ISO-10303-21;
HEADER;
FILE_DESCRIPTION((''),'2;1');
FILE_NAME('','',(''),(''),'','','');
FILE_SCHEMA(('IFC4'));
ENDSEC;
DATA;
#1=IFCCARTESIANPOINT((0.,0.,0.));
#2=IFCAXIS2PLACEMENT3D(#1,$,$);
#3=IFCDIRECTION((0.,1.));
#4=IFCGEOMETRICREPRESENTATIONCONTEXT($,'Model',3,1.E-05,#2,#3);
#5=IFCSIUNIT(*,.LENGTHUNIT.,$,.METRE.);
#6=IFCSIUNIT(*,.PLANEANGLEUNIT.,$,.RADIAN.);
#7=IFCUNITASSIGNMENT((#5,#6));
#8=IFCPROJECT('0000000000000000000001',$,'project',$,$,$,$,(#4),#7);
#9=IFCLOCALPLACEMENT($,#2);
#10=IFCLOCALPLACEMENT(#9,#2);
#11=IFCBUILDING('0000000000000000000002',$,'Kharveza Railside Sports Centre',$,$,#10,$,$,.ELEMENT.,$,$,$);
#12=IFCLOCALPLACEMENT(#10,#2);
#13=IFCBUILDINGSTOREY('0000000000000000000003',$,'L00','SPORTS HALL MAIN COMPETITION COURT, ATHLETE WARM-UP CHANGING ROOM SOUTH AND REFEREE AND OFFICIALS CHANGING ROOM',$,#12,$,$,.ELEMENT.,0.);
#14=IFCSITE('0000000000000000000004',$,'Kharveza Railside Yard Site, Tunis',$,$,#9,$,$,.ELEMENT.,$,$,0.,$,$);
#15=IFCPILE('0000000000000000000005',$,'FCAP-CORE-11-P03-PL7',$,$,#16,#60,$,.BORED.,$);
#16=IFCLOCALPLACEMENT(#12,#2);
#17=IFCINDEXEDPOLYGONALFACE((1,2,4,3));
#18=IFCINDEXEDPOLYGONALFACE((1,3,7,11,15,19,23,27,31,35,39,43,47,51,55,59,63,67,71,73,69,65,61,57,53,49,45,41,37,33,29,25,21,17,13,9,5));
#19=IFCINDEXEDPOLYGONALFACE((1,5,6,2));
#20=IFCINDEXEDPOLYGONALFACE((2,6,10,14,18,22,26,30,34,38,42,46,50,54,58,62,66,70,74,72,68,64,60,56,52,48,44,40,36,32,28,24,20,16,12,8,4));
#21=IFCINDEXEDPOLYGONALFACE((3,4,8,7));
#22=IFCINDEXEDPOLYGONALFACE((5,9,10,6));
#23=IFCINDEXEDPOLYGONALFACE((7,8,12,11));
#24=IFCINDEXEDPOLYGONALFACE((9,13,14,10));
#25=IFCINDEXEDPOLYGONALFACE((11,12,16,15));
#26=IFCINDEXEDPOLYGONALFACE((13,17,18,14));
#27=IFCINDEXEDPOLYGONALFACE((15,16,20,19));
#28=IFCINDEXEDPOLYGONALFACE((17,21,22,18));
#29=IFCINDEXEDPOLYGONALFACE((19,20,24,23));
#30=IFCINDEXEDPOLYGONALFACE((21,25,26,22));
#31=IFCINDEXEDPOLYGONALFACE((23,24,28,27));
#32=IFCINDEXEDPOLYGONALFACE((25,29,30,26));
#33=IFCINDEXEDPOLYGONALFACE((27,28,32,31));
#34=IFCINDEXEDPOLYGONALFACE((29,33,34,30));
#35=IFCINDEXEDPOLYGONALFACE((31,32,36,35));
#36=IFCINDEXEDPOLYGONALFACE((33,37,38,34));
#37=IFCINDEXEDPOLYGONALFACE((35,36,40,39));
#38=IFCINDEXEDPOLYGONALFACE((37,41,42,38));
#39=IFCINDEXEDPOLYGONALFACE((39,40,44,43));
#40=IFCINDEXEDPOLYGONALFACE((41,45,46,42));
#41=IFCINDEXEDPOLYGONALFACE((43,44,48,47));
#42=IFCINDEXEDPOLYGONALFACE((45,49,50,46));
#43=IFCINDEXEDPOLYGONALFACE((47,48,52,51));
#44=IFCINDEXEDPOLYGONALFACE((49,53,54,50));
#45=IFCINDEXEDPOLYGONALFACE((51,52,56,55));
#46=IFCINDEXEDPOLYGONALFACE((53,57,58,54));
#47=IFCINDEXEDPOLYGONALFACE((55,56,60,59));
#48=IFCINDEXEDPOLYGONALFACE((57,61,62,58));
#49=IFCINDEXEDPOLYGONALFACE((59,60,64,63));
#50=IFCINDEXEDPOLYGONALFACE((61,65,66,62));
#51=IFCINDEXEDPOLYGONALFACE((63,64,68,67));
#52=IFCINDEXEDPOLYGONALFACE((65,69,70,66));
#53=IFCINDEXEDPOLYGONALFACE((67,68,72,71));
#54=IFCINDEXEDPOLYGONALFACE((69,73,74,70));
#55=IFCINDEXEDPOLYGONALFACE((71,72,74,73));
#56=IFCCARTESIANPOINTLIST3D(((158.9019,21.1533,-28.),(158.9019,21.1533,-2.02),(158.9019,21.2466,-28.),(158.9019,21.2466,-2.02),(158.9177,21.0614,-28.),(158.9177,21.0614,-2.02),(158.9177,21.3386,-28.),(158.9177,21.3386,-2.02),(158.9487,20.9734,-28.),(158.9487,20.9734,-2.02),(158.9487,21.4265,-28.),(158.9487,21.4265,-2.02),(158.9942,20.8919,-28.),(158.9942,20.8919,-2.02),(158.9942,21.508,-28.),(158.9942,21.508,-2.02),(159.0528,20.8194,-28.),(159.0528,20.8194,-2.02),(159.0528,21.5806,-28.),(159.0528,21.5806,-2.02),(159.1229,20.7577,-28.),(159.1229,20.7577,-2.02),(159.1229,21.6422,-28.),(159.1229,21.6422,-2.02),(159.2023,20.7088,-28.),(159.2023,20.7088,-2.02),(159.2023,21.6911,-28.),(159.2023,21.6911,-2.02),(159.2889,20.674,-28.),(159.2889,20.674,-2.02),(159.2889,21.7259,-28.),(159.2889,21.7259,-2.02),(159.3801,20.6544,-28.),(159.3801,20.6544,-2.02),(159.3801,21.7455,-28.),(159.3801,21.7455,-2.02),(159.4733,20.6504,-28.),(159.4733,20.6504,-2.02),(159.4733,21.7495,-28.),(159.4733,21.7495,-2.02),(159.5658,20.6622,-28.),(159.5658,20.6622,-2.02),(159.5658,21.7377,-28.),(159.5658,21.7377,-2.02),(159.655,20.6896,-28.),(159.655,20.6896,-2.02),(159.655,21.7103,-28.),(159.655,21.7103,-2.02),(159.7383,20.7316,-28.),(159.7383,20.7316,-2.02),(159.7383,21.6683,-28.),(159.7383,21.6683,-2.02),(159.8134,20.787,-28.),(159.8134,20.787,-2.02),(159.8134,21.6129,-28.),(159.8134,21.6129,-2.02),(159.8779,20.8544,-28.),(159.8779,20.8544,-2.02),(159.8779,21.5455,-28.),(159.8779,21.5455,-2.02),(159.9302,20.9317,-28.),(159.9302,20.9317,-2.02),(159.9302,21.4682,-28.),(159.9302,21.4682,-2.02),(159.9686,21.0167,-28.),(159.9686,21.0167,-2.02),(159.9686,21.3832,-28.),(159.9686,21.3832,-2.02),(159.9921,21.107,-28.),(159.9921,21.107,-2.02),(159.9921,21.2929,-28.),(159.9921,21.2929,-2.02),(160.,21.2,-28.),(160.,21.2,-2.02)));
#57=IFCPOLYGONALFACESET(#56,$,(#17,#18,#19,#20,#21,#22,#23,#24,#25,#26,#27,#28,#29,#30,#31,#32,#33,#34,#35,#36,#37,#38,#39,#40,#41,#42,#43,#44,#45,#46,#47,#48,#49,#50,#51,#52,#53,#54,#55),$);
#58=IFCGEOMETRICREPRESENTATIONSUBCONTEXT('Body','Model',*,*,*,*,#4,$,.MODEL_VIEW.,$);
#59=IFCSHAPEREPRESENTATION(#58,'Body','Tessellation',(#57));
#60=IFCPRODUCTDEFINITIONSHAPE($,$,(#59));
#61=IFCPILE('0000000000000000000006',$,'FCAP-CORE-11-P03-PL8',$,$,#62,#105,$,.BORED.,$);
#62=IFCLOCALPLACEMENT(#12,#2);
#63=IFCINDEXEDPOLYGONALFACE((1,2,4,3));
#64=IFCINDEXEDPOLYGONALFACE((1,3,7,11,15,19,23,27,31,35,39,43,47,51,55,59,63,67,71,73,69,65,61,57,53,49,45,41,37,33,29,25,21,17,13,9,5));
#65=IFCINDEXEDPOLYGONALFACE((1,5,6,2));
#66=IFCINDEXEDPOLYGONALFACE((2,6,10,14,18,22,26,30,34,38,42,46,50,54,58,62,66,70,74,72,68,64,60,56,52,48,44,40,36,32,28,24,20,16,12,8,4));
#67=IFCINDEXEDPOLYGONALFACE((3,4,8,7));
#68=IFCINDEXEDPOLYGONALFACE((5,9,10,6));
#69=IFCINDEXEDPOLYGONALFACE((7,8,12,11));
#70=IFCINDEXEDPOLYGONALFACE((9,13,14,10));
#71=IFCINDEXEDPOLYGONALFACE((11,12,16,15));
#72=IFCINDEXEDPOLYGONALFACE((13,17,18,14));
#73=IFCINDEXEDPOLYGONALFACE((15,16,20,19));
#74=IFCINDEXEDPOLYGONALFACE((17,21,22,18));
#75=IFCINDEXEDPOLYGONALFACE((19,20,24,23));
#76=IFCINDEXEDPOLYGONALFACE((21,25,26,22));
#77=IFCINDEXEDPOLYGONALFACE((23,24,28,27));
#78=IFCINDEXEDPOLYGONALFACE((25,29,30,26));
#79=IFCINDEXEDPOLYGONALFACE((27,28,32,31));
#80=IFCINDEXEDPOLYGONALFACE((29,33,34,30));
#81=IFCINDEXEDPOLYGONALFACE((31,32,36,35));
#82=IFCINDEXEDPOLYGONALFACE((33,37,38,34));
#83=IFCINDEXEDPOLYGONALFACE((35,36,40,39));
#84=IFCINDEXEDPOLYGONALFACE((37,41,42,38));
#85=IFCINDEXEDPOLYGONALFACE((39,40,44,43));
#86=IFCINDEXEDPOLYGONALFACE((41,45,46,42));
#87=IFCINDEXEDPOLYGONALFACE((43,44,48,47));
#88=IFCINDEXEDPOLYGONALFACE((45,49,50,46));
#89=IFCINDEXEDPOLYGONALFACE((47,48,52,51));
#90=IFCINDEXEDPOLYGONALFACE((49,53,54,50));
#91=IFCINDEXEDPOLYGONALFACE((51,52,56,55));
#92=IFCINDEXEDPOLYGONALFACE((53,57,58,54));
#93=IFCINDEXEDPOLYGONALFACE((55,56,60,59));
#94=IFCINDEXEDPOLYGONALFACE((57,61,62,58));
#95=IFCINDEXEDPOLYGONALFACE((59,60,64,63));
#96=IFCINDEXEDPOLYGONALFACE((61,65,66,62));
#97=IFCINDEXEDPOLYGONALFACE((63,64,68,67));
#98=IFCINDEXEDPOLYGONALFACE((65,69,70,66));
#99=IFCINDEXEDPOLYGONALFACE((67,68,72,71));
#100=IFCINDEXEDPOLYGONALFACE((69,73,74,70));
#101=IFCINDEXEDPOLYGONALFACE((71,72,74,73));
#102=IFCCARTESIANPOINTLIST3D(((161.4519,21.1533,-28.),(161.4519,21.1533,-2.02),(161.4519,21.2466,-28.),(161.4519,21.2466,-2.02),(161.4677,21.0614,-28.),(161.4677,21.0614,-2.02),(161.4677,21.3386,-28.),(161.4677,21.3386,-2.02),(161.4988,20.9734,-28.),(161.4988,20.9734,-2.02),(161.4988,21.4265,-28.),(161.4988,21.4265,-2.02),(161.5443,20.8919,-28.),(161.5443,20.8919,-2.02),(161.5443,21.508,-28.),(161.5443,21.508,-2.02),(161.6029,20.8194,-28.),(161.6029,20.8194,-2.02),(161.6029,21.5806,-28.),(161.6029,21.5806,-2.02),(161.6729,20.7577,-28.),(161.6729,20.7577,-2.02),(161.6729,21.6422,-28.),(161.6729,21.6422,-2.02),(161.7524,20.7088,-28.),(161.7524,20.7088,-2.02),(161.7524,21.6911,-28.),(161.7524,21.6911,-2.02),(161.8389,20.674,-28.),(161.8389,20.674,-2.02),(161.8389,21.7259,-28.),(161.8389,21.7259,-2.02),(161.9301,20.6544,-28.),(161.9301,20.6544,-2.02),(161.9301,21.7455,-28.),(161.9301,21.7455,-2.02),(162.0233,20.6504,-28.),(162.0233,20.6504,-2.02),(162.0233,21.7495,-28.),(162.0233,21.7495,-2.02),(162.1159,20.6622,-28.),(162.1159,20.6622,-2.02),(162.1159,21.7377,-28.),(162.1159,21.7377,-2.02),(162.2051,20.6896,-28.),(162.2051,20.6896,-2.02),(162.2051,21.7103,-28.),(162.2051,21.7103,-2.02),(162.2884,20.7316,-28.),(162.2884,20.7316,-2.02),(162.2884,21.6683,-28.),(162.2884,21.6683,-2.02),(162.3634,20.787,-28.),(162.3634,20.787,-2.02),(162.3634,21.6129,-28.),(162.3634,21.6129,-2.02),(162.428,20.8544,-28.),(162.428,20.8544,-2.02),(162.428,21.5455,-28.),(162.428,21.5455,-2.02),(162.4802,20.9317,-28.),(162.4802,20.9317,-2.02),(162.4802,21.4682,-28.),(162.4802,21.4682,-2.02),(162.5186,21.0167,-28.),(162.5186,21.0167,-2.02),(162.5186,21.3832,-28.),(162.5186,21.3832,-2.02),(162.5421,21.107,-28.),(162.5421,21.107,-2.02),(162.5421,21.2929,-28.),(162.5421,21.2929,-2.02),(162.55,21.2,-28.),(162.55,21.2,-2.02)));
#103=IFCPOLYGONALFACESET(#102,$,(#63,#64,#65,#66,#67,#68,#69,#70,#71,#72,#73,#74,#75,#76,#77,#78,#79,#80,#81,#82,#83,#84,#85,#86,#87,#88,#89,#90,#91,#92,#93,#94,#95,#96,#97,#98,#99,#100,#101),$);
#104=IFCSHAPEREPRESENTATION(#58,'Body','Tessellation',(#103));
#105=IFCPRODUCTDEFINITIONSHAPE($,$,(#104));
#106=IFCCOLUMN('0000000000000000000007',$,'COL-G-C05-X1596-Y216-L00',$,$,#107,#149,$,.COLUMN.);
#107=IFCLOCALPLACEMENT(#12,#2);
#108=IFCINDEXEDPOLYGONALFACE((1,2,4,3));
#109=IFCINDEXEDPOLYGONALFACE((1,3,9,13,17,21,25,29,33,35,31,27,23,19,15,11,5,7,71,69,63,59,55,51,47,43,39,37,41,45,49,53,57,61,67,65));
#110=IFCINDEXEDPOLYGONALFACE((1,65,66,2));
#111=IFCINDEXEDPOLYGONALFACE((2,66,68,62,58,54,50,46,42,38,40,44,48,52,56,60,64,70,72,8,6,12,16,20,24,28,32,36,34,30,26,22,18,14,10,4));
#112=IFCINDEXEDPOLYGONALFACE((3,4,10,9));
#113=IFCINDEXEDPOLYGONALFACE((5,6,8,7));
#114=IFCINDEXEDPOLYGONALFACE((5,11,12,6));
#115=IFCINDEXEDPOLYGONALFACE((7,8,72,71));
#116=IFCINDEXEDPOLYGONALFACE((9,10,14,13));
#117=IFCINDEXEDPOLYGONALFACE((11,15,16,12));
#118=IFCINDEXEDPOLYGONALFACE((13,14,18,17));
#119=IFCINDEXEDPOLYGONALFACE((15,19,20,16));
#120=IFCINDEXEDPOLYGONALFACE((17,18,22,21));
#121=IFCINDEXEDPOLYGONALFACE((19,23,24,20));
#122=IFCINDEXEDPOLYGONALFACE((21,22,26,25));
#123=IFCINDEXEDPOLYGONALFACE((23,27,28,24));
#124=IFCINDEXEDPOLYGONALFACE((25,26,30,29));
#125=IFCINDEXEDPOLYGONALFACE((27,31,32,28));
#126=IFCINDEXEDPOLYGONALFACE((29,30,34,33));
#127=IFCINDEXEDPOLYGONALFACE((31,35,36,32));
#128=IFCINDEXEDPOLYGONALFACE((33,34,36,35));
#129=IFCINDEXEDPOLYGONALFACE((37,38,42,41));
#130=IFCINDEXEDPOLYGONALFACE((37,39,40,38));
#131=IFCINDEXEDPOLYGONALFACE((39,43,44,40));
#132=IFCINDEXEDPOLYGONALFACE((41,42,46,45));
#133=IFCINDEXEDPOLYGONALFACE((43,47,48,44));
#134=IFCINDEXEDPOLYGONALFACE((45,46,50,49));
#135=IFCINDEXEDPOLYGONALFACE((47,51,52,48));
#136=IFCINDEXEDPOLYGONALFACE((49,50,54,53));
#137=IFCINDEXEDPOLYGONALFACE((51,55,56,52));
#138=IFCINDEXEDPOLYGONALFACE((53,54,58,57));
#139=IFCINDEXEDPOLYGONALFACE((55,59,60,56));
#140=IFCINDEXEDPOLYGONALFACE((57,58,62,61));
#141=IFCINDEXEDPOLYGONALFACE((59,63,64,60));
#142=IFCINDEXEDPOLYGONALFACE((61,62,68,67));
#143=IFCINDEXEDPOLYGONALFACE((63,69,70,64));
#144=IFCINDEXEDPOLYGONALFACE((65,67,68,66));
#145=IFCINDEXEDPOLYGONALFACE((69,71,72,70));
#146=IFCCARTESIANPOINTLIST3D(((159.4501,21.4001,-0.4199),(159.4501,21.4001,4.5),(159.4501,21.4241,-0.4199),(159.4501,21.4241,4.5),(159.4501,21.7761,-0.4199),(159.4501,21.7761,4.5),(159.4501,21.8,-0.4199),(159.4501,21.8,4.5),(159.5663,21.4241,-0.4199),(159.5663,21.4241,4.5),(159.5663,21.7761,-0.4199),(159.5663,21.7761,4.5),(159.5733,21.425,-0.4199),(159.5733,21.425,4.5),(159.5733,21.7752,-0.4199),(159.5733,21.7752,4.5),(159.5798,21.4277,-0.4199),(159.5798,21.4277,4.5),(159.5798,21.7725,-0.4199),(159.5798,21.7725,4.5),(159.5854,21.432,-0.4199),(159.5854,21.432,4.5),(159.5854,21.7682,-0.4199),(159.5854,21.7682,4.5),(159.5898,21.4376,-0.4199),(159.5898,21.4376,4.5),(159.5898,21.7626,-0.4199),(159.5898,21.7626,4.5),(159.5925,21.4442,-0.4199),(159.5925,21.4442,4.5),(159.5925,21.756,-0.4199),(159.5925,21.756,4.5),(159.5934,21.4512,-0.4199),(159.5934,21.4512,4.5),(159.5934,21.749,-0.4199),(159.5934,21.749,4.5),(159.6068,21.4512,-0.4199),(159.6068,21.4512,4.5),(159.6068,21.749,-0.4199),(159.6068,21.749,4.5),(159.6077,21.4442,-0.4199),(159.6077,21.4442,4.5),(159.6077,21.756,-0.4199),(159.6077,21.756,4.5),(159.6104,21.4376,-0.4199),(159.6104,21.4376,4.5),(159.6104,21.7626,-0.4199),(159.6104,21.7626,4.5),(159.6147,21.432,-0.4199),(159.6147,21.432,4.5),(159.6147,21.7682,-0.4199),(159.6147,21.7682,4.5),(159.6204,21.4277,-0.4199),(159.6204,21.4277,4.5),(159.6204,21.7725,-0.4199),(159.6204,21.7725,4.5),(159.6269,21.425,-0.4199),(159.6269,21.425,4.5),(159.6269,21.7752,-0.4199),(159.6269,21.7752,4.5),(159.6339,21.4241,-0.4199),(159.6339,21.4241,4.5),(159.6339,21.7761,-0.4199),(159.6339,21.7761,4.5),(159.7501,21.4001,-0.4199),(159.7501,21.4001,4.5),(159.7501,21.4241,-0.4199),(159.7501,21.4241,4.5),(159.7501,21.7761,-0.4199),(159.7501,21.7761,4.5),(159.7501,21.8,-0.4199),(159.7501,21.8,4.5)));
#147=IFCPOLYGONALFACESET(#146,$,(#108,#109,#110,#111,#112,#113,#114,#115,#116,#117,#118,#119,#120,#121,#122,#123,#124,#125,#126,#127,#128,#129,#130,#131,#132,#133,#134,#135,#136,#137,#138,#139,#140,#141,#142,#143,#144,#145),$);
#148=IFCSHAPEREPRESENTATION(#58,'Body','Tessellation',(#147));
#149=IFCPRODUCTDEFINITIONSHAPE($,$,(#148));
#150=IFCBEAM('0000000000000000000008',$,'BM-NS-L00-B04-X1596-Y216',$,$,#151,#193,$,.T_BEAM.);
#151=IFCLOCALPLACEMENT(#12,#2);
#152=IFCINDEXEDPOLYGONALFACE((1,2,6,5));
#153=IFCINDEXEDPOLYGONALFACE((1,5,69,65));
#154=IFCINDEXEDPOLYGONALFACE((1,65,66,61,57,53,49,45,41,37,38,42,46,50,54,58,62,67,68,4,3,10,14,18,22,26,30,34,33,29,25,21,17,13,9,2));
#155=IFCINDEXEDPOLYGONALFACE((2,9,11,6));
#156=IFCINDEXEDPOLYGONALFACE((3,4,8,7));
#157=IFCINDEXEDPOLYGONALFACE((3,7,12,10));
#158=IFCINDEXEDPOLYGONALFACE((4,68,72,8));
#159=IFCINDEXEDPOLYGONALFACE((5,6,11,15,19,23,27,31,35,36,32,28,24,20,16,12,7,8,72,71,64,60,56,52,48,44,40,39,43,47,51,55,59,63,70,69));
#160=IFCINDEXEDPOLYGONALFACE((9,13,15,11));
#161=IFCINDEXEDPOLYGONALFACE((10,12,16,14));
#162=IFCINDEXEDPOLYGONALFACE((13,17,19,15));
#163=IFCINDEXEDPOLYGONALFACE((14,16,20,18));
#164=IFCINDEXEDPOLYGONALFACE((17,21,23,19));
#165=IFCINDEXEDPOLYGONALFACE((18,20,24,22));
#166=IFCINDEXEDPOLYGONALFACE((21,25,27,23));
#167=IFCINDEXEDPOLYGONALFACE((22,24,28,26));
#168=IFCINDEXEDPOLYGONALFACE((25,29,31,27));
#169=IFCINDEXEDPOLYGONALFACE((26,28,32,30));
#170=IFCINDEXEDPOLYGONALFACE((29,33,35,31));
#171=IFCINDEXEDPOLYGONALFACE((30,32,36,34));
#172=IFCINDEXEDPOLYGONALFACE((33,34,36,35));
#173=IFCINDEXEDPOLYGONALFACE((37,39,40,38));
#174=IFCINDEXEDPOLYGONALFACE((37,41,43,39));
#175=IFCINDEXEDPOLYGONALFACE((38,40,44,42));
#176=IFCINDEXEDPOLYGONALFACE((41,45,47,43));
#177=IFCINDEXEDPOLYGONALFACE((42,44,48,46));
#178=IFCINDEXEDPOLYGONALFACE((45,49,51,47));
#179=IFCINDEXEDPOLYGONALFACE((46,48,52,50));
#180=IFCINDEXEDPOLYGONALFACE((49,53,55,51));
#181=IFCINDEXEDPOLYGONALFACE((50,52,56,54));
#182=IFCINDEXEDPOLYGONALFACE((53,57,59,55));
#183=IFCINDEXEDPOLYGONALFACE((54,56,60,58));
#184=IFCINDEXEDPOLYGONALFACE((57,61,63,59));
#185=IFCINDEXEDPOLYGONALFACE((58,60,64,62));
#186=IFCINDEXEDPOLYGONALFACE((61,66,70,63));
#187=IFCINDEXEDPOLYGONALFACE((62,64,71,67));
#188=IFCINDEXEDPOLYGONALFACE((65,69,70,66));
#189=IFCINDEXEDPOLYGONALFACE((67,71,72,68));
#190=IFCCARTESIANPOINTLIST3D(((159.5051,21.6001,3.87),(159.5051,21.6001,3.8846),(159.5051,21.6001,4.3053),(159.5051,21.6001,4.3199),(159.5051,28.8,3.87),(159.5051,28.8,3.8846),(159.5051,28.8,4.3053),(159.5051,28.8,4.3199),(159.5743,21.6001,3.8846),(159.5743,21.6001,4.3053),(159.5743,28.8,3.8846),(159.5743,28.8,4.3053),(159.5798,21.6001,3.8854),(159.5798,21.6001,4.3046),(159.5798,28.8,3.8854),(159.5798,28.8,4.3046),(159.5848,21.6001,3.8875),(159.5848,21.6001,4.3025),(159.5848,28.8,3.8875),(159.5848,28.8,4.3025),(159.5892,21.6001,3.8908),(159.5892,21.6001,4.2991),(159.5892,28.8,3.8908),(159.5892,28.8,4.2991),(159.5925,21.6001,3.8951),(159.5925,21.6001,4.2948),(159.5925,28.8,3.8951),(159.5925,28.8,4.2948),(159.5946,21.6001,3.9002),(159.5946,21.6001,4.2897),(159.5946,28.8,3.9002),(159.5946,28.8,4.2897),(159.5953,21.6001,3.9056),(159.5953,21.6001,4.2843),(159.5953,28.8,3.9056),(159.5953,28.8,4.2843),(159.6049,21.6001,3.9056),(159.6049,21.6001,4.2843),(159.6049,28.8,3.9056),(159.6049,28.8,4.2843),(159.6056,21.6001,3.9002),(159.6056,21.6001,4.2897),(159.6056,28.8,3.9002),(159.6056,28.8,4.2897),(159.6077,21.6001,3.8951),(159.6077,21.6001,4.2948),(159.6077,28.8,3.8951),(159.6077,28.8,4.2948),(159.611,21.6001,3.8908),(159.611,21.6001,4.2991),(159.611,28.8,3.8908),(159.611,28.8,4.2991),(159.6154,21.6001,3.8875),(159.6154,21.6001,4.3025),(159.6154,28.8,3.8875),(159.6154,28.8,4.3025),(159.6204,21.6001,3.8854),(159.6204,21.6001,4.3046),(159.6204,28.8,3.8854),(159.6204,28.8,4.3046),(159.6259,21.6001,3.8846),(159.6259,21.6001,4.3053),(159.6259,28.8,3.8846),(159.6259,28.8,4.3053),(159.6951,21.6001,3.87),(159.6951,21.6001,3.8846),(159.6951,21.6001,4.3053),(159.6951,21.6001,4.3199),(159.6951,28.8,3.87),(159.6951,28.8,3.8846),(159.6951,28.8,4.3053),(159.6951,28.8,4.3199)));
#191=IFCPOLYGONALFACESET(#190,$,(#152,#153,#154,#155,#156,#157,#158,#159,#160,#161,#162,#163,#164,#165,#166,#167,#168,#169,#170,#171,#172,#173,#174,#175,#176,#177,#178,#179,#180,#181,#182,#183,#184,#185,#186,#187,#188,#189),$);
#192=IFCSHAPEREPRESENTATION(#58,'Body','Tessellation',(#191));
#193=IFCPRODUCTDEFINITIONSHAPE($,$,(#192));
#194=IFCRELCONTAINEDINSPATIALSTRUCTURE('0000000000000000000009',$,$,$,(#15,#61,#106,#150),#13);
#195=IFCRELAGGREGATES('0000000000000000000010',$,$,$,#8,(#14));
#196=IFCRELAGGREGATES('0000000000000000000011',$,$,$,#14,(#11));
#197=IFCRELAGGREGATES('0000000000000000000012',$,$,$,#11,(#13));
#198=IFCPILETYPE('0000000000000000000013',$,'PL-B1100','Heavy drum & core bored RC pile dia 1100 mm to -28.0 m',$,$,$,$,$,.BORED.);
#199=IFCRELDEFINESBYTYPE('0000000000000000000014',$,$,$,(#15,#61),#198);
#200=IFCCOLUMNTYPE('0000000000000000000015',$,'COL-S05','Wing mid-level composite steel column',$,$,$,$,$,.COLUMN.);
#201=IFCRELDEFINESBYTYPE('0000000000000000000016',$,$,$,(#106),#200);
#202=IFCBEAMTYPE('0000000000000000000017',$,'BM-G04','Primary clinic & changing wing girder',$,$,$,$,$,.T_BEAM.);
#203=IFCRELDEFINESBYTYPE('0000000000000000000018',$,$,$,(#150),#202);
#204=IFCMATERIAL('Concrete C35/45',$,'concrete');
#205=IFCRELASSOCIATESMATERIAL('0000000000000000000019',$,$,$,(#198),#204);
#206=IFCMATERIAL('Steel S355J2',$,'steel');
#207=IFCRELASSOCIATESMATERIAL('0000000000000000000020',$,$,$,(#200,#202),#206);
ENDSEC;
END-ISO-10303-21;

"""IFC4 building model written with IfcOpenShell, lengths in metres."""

from ifc_helpers import new_model, si_unit, direction, frame, origin, origin_2d, place, context, subcontext, project, spatial, circle, i_section, extrude, material, material_profile, profile_set, type_object, element, save


model = new_model("IFC4")

# Units and contexts
model_context = context("Model", 3, precision=1e-05, world=origin(), true_north=direction((0.0, 1.0)))
body_context = subcontext(model_context, "Body", "Model", "MODEL_VIEW")
ifc_project = project(units=[si_unit("LENGTHUNIT", "METRE"), si_unit("PLANEANGLEUNIT", "RADIAN")], contexts=[model_context])

# Site, building, storey
site_placement = place(None, origin())
site = spatial("IfcSite", under=ifc_project, at=site_placement, Name="Kharveza Railside Yard Site, Tunis", CompositionType="ELEMENT", RefElevation=0.0)
building_placement = place(site_placement, origin())
building = spatial("IfcBuilding", under=site, at=building_placement, Name="Kharveza Railside Sports Centre", CompositionType="ELEMENT")
storey_placement = place(building_placement, origin())
storey = spatial("IfcBuildingStorey", under=building, at=storey_placement, Name="L00", Description="SPORTS HALL MAIN COMPETITION COURT, ATHLETE WARM-UP CHANGING ROOM SOUTH AND REFEREE AND OFFICIALS CHANGING ROOM", CompositionType="ELEMENT", Elevation=0.0)

# Shared definitions
ifc_material_1 = material(Name="Concrete C35/45", Category="concrete")

# Piles
ifc_material_profile_1 = material_profile(ifc_material_1, circle(Radius=0.55, at=origin_2d()), Name="PILE D1100")
ifc_profile_set_1 = profile_set([ifc_material_profile_1], Name="Concrete C35/45")
pile_type = type_object("IfcPileType", Name="PL-B1100", Description="Heavy drum & core bored RC pile dia 1100 mm to -28.0 m", PredefinedType="BORED", material=ifc_profile_set_1)
for number, where, z_axis, x_axis, name in (
    (1, (159.45, 21.2, -2.02), (0.0, 0.0, -1.0), (1.0, 0.0, 0.0), "FCAP-CORE-11-P03-PL7"),
    (2, (162.0, 21.2, -2.02), (0.0, 0.0, -1.0), (1.0, 0.0, 0.0), "FCAP-CORE-11-P03-PL8"),
):
    element("IfcPile", number, at=place(storey_placement, frame(where, z_axis=z_axis, x_axis=x_axis)), inside=storey, type_object=pile_type, Name=name, PredefinedType="BORED", context=body_context, shape_type="SweptSolid", body=[
        extrude(circle(Radius=0.55, at=origin_2d()), origin(), (0.0, 0.0, 1.0), 25.98),
    ])

# Column
ifc_material_2 = material(Name="Steel S355J2", Category="steel")
ifc_material_profile_2 = material_profile(ifc_material_2, i_section(OverallWidth=0.3, OverallDepth=0.3999, WebThickness=0.0134, FlangeThickness=0.0239, FilletRadius=0.0271, at=origin_2d()), Name="HEB 400")
ifc_profile_set_2 = profile_set([ifc_material_profile_2], Name="Steel S355J2")
column_type = type_object("IfcColumnType", Name="COL-S05", Description="Wing mid-level composite steel column", PredefinedType="COLUMN", material=ifc_profile_set_2)
column_placement = place(storey_placement, frame((159.6001, 21.6001, -0.4199), z_axis=(0.0, 0.0, 1.0), x_axis=(1.0, 0.0, 0.0)))
element("IfcColumn", 3, at=column_placement, inside=storey, type_object=column_type, Name="COL-G-C05-X1596-Y216-L00", PredefinedType="COLUMN", context=body_context, shape_type="SweptSolid", body=[
    extrude(i_section(OverallWidth=0.3, OverallDepth=0.3999, WebThickness=0.0134, FlangeThickness=0.0239, FilletRadius=0.0271, at=origin_2d()), origin(), (0.0, 0.0, 1.0), 4.9199),
])

# Beam
ifc_material_profile_3 = material_profile(ifc_material_2, i_section(OverallWidth=0.1899, OverallDepth=0.45, WebThickness=0.0095, FlangeThickness=0.0146, FilletRadius=0.021, at=origin_2d()), Name="IPE 450")
ifc_profile_set_3 = profile_set([ifc_material_profile_3], Name="Steel S355J2")
beam_type_1 = type_object("IfcBeamType", Name="BM-G04", Description="Primary clinic & changing wing girder", PredefinedType="T_BEAM", material=ifc_profile_set_3)
beam_1_placement = place(storey_placement, frame((159.6001, 21.6001, 4.095), z_axis=(0.0, 1.0, 0.0), x_axis=(-1.0, 0.0, 0.0)))
element("IfcBeam", 4, at=beam_1_placement, inside=storey, type_object=beam_type_1, Name="BM-NS-L00-B04-X1596-Y216", PredefinedType="T_BEAM", context=body_context, shape_type="SweptSolid", body=[
    extrude(i_section(OverallWidth=0.1899, OverallDepth=0.45, WebThickness=0.0095, FlangeThickness=0.0146, FilletRadius=0.021, at=origin_2d()), origin(), (0.0, 0.0, 1.0), 7.2),
])

save(model, "model.ifc")
